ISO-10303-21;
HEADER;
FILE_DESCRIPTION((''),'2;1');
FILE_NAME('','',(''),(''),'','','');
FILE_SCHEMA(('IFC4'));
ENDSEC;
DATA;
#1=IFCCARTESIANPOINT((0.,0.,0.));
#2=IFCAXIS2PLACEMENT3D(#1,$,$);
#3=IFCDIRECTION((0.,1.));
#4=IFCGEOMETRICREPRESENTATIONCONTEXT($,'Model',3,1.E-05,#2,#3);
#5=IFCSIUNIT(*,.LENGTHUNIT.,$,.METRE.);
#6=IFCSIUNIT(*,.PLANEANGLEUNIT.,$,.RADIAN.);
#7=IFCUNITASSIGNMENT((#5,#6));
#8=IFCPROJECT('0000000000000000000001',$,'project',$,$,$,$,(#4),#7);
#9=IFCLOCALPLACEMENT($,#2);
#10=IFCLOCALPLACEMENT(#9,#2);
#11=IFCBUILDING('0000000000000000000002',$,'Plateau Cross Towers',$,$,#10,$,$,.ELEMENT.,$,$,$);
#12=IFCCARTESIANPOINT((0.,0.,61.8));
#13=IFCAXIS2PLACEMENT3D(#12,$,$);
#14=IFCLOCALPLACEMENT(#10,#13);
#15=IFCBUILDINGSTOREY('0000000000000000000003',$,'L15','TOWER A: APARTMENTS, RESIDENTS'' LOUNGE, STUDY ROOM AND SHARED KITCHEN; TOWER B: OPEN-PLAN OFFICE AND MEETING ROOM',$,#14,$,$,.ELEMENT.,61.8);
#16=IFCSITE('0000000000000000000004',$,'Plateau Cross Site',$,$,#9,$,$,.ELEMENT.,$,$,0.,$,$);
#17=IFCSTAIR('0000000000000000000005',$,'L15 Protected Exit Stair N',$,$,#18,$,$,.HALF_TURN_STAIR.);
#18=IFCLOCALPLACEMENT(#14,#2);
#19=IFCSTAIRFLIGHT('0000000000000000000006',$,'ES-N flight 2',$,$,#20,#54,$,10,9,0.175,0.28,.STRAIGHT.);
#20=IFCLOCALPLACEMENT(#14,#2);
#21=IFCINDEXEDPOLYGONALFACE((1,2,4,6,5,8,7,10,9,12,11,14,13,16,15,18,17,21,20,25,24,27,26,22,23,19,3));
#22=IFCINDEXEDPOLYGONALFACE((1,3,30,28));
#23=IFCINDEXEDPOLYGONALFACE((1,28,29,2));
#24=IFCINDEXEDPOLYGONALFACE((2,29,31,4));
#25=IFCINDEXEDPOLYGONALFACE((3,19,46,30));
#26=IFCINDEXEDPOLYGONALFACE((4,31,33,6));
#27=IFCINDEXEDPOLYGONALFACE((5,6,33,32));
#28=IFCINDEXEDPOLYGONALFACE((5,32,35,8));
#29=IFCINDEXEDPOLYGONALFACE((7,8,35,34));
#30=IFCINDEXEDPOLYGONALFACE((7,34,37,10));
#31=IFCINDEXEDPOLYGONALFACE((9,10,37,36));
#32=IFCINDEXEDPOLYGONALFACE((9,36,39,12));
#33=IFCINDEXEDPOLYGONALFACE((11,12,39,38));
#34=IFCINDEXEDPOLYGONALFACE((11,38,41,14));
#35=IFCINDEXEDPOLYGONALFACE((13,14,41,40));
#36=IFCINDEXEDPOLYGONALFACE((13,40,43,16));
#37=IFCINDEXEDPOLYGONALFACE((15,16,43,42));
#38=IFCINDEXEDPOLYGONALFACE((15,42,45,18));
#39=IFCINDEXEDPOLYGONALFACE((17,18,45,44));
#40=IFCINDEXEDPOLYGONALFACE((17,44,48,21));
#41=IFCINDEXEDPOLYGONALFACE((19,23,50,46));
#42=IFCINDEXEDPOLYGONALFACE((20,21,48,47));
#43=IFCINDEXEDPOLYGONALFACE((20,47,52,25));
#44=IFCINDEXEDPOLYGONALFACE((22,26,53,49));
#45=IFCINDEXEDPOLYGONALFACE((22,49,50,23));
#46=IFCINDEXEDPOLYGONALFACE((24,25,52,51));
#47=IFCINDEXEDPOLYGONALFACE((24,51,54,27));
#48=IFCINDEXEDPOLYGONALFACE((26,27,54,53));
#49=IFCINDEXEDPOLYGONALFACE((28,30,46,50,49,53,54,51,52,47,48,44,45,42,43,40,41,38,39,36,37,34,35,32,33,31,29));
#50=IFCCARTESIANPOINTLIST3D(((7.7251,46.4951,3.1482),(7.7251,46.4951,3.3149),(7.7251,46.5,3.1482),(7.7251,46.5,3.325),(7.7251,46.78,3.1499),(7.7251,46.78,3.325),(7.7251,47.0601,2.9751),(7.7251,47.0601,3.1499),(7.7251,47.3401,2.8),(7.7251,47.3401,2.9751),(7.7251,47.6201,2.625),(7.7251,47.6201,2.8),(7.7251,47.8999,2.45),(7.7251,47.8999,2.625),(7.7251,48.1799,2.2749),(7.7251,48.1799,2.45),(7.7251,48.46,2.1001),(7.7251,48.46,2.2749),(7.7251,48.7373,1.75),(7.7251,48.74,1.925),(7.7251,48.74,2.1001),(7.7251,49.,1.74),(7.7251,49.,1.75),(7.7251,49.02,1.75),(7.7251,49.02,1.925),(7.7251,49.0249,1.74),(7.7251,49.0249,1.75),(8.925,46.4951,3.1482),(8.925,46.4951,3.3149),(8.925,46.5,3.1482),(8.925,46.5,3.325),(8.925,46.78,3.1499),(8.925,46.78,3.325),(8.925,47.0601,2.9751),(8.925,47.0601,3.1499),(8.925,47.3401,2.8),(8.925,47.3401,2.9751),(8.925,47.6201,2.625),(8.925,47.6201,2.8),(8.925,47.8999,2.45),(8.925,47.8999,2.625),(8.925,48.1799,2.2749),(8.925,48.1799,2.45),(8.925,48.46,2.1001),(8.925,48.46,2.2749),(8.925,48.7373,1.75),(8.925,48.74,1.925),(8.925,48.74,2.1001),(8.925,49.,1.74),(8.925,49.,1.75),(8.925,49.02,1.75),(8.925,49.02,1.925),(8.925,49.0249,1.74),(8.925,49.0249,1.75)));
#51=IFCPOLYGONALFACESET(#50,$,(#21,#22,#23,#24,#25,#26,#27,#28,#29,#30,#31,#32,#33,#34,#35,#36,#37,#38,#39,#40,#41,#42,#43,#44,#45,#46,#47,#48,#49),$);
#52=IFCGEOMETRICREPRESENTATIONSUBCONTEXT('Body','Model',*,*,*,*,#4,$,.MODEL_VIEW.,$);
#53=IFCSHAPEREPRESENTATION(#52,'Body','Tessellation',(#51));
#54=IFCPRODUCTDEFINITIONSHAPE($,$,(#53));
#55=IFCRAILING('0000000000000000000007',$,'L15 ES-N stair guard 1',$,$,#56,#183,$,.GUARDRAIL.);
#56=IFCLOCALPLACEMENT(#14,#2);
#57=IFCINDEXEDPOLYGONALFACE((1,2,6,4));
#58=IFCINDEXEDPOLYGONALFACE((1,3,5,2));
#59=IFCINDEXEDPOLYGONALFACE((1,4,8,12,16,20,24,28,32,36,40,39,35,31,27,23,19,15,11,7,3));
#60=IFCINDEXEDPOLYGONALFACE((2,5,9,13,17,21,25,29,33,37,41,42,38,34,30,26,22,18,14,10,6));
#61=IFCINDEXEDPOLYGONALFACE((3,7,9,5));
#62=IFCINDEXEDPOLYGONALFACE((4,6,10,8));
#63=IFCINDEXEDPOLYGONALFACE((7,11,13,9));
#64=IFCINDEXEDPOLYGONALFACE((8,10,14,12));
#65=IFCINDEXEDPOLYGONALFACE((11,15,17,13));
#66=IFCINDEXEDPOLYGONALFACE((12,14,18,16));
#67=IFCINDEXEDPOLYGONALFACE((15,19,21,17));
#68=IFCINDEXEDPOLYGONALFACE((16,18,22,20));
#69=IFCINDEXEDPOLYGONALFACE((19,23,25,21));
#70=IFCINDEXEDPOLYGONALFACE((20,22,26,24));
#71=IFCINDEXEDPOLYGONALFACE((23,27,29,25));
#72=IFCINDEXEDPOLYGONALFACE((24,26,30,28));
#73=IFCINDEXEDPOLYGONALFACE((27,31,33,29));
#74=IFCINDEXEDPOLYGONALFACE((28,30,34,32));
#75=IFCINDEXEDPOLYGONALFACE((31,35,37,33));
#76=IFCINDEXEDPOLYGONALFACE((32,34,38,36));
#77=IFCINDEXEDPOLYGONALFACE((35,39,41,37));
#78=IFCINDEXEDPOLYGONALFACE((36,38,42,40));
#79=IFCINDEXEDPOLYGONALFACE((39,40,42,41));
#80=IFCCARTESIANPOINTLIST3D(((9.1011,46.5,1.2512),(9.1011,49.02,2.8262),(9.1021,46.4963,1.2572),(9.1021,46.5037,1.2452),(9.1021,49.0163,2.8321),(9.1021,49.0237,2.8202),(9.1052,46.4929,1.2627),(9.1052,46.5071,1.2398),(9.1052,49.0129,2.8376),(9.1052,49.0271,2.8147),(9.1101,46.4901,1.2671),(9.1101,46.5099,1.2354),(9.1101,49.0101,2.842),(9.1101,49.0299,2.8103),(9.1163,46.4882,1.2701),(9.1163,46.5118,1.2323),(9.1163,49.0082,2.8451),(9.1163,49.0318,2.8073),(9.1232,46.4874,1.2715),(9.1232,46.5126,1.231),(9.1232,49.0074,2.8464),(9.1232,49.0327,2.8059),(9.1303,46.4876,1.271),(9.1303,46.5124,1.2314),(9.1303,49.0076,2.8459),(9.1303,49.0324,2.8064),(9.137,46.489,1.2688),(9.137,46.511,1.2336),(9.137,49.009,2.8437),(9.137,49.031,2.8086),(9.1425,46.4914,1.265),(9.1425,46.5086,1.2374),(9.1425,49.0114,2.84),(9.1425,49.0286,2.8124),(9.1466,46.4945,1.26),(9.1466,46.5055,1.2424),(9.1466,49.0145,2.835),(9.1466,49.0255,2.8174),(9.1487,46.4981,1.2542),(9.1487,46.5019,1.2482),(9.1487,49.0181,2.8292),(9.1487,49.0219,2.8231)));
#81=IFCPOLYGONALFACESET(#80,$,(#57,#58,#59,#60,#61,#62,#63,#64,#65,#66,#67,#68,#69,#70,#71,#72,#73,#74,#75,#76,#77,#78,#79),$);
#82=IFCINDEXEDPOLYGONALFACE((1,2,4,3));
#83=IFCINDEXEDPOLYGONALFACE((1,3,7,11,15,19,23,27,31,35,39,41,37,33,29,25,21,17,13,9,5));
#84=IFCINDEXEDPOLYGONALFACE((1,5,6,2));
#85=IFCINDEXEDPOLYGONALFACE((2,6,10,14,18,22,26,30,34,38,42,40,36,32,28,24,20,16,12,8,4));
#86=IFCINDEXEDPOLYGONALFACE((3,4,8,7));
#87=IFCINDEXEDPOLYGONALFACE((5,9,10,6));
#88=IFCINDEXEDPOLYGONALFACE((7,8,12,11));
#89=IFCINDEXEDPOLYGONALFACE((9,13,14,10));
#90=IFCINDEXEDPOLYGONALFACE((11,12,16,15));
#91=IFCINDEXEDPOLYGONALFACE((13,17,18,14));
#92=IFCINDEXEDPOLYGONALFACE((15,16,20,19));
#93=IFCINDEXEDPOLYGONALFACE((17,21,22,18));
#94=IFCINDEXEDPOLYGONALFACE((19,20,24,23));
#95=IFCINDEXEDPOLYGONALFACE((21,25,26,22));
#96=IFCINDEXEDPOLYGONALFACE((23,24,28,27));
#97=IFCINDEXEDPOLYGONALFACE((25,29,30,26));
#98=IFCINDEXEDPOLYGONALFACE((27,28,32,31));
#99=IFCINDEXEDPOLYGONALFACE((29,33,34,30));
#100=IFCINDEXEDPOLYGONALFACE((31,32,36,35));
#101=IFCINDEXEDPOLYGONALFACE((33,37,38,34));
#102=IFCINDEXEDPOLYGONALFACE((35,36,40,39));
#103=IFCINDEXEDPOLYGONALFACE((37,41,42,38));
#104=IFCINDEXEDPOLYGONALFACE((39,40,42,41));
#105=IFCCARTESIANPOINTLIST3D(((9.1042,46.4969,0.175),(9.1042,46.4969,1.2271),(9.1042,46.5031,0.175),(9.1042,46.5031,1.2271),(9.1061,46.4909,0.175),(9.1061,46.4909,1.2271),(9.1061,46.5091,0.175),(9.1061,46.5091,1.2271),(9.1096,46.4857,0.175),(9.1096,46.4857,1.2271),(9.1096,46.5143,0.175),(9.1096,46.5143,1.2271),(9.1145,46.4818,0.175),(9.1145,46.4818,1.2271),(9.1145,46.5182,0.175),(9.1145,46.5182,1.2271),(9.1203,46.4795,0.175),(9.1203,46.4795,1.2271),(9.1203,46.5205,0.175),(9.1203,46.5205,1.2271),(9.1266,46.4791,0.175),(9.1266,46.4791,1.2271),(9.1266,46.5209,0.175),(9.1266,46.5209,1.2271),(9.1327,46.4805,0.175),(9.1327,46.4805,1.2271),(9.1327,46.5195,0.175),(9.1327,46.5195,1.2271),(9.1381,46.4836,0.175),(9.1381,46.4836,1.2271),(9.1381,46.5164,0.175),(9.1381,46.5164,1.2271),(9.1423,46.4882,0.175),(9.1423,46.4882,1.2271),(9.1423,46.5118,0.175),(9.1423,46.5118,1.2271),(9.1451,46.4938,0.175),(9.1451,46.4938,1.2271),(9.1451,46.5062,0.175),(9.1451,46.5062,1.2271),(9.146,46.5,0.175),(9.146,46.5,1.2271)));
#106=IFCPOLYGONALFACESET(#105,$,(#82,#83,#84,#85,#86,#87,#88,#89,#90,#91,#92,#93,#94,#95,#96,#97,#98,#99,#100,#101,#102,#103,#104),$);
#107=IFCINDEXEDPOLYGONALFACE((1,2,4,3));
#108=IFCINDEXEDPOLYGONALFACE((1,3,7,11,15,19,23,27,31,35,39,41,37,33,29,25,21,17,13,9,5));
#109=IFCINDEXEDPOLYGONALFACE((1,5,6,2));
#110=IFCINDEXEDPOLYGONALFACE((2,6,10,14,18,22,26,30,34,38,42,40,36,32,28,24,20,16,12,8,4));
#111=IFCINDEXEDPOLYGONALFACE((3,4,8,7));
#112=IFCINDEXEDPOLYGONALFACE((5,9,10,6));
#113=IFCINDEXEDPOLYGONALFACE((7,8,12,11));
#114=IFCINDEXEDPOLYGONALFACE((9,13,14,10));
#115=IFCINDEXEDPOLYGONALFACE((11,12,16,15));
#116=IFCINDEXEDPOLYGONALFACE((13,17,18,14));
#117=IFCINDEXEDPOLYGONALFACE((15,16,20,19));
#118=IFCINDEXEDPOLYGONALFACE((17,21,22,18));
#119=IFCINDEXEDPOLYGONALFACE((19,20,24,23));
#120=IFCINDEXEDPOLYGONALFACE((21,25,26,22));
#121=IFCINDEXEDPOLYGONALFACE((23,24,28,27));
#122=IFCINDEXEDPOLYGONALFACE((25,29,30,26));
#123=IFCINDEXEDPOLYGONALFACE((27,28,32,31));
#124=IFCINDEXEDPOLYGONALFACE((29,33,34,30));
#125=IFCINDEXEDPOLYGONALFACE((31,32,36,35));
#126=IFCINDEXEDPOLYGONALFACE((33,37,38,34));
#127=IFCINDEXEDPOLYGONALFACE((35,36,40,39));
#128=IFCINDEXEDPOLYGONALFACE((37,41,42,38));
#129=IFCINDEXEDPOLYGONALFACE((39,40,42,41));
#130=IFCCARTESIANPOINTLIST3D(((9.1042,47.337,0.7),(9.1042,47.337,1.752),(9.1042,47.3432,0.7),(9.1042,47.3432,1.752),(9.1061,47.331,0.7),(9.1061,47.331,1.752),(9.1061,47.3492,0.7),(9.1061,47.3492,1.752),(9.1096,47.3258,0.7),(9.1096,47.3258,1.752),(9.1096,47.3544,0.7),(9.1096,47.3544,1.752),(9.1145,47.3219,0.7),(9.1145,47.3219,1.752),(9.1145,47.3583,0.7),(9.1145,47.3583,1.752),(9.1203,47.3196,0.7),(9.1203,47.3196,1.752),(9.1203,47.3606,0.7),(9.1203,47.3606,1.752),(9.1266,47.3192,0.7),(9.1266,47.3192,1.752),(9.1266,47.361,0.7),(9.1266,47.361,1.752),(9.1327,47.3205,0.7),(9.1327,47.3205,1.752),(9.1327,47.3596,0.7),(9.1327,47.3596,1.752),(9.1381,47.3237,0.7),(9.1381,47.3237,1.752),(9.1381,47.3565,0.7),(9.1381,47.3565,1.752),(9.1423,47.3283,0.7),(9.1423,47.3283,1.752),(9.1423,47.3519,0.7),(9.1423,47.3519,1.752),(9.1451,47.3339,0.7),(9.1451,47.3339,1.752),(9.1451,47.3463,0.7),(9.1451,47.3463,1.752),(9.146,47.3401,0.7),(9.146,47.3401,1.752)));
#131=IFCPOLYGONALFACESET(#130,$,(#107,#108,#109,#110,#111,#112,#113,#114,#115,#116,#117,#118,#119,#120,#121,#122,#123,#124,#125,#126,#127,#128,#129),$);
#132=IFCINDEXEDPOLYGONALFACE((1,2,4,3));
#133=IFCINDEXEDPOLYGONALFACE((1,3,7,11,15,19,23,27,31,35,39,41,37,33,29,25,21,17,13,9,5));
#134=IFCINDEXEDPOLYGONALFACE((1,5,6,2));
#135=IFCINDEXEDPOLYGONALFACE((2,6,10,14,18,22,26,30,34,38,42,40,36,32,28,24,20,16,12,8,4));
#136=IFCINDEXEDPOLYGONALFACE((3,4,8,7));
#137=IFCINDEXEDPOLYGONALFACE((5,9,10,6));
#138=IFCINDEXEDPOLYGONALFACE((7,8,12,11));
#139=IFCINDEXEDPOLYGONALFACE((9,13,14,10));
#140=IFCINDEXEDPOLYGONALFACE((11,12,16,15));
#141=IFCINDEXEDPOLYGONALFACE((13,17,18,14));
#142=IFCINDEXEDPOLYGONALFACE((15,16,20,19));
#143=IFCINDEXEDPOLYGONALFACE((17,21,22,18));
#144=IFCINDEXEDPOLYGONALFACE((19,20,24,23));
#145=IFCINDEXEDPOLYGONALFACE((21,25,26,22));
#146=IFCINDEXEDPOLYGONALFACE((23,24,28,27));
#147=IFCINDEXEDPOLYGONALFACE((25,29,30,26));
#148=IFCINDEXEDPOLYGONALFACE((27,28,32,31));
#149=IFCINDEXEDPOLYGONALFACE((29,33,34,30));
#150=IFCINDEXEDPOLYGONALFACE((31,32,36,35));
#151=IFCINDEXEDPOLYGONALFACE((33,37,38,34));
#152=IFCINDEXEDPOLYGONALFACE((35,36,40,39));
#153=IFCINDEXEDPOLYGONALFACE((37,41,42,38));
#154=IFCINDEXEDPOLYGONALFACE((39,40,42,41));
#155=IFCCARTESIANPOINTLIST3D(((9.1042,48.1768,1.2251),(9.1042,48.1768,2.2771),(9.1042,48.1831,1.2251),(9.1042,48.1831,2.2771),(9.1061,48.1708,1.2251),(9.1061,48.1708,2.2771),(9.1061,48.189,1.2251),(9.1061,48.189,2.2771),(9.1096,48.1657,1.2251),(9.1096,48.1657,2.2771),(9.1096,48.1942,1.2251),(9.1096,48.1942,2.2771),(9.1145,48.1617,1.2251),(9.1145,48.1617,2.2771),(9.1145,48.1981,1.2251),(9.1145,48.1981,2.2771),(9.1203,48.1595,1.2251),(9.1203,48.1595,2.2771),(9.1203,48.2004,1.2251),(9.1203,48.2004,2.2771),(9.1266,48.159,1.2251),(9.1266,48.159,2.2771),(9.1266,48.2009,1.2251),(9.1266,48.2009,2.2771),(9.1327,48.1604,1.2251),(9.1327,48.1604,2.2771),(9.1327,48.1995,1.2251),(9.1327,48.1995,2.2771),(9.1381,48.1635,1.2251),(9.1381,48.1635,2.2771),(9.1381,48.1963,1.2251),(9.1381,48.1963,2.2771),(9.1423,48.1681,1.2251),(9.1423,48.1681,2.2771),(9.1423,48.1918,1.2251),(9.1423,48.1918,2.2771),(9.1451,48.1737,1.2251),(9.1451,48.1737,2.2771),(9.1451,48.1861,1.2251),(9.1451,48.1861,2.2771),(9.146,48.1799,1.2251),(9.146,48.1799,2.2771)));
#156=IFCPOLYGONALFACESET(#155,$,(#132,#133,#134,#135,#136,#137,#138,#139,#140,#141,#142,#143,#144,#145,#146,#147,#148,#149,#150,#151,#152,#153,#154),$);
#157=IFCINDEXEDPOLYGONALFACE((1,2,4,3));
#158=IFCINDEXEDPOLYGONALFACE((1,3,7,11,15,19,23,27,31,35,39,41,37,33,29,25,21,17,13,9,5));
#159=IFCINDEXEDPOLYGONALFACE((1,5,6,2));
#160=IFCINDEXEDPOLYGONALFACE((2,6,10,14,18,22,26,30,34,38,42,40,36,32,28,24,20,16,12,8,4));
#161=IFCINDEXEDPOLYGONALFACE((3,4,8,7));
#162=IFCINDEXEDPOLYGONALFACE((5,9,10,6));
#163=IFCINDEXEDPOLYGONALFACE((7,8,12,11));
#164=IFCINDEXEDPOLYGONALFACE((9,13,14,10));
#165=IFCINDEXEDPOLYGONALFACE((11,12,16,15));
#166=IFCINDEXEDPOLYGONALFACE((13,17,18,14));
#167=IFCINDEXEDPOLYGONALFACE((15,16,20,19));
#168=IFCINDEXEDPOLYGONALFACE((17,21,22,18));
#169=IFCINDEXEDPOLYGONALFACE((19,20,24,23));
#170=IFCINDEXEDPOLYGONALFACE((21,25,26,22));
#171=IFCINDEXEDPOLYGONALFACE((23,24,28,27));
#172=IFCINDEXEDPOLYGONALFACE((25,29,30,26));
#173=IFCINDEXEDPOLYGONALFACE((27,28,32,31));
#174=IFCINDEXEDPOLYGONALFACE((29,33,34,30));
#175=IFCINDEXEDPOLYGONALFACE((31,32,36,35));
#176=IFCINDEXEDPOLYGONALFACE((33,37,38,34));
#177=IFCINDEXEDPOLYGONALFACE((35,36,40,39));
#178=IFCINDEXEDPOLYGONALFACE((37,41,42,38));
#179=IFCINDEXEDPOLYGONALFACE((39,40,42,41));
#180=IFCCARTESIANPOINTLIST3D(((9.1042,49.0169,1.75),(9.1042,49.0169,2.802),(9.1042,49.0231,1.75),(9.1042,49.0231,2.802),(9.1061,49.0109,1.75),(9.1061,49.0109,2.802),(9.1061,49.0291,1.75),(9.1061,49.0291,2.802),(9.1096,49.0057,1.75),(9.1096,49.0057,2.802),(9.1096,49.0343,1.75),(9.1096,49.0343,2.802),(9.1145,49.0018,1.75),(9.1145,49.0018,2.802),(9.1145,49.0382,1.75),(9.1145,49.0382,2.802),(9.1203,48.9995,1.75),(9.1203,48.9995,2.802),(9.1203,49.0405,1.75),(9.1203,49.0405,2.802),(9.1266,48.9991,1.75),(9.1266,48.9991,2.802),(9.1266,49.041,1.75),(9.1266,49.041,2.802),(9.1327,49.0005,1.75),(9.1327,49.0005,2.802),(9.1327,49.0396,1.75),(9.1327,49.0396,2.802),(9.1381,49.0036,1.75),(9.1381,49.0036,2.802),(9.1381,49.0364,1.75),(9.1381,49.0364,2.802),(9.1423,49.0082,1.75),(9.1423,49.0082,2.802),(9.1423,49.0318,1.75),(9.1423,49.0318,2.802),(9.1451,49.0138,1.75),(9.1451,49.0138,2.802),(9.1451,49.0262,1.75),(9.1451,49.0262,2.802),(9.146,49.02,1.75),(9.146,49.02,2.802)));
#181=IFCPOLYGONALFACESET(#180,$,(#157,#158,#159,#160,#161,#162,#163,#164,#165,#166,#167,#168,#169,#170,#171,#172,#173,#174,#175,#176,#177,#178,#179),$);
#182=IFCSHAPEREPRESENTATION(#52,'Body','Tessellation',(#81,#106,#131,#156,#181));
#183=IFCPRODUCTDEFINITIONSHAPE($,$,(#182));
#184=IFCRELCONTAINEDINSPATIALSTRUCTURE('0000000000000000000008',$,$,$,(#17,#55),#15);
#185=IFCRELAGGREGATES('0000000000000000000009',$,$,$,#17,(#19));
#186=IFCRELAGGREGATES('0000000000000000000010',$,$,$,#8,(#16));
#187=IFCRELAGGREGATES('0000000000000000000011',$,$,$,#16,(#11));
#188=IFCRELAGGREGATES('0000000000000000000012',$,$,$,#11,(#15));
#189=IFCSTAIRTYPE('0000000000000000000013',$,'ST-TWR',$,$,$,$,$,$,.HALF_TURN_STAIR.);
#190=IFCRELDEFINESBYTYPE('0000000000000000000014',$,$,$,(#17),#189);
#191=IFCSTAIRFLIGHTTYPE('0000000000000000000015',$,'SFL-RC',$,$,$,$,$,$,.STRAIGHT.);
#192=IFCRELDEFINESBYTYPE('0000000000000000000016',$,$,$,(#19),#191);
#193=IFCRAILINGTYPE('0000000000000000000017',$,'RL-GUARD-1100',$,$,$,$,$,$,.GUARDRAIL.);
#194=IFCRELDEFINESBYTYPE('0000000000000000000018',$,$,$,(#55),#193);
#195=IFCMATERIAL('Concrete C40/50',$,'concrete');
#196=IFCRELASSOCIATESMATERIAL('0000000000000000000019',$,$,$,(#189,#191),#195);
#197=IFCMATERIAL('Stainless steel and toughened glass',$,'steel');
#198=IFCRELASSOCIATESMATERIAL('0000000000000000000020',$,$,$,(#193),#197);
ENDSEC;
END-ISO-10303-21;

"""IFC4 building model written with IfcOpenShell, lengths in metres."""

from ifc_helpers import new_model, si_unit, direction, frame, origin, origin_2d, place, context, subcontext, project, spatial, polyline, circle, outline, extrude, material, type_object, element, aggregate, save


model = new_model("IFC4")

# Units and contexts
model_context = context("Model", 3, precision=1e-05, world=origin(), true_north=direction((0.0, 1.0)))
body_context = subcontext(model_context, "Body", "Model", "MODEL_VIEW")
ifc_project = project(units=[si_unit("LENGTHUNIT", "METRE"), si_unit("PLANEANGLEUNIT", "RADIAN")], contexts=[model_context])

# Site, building, storey
site_placement = place(None, origin())
site = spatial("IfcSite", under=ifc_project, at=site_placement, Name="Plateau Cross Site", CompositionType="ELEMENT", RefElevation=0.0)
building_placement = place(site_placement, origin())
building = spatial("IfcBuilding", under=site, at=building_placement, Name="Plateau Cross Towers", CompositionType="ELEMENT")
storey_placement = place(building_placement, frame((0.0, 0.0, 61.8)))
storey = spatial("IfcBuildingStorey", under=building, at=storey_placement, Name="L15", Description="TOWER A: APARTMENTS, RESIDENTS' LOUNGE, STUDY ROOM AND SHARED KITCHEN; TOWER B: OPEN-PLAN OFFICE AND MEETING ROOM", CompositionType="ELEMENT", Elevation=61.8)

# Stair, stair flight
ifc_material_1 = material(Name="Concrete C40/50", Category="concrete")
stair_type = type_object("IfcStairType", Name="ST-TWR", PredefinedType="HALF_TURN_STAIR", material=ifc_material_1)
stair_placement = place(storey_placement, origin())
stair = element("IfcStair", 1, at=stair_placement, inside=storey, type_object=stair_type, Name="L15 Protected Exit Stair N", PredefinedType="HALF_TURN_STAIR")
stair_flight_type = type_object("IfcStairFlightType", Name="SFL-RC", PredefinedType="STRAIGHT", material=ifc_material_1)
stair_flight_1_placement = place(storey_placement, frame((8.325, 49.02, 1.75), z_axis=(0.0, 0.0, 1.0), x_axis=(0.0, -1.0, 0.0)))
stair_flight_1 = element("IfcStairFlight", 2, at=stair_flight_1_placement, type_object=stair_flight_type, Name="ES-N flight 2", NumberOfRisers=10, NumberOfTreads=9, PredefinedType="STRAIGHT", RiserHeight=0.175, TreadLength=0.28, context=body_context, shape_type="SweptSolid", body=[
    extrude(outline(polyline([(-0.0049, -0.01), (-0.0049, 0.0), (0.0, 0.0), (0.0, 0.175), (0.28, 0.175), (0.28, 0.3501), (0.5601, 0.3501), (0.5601, 0.5249), (0.8401, 0.5249), (0.8401, 0.7), (1.1201, 0.7), (1.1201, 0.875), (1.3999, 0.875), (1.3999, 1.05), (1.6799, 1.05), (1.6799, 1.2251), (1.96, 1.2251), (1.96, 1.3999), (2.24, 1.3999), (2.24, 1.575), (2.52, 1.575), (2.5249, 1.5649), (2.5249, 1.3982), (2.52, 1.3982), (0.2827, 0.0), (0.02, 0.0), (0.02, -0.01), (-0.0049, -0.01)])), frame((0.0, 0.6001, 0.0), z_axis=(0.0, -1.0, 0.0), x_axis=(1.0, 0.0, 0.0)), (0.0, 0.0, 1.0), 1.2),
])
aggregate(stair, [stair_flight_1])

# Railing
ifc_material_2 = material(Name="Stainless steel and toughened glass", Category="steel")
railing_type_1 = type_object("IfcRailingType", Name="RL-GUARD-1100", PredefinedType="GUARDRAIL", material=ifc_material_2)
railing_1_placement = place(storey_placement, frame((9.125, 46.5, 0.175)))
element("IfcRailing", 3, at=railing_1_placement, inside=storey, type_object=railing_type_1, Name="L15 ES-N stair guard 1", PredefinedType="GUARDRAIL", context=body_context, shape_type="SweptSolid", body=[
    extrude(circle(Radius=0.0239, at=origin_2d()), frame((0.0, 0.0, 1.0762), z_axis=(0.0, 0.848008, 0.529984), x_axis=(-1.0, 0.0, 0.0)), (0.0, 0.0, 1.0), 2.9717),
    extrude(circle(Radius=0.021, at=origin_2d()), origin(), (0.0, 0.0, 1.0), 1.052),
    extrude(circle(Radius=0.021, at=origin_2d()), frame((0.0, 0.8401, 0.5249)), (0.0, 0.0, 1.0), 1.052),
    extrude(circle(Radius=0.021, at=origin_2d()), frame((0.0, 1.6799, 1.05)), (0.0, 0.0, 1.0), 1.052),
    extrude(circle(Radius=0.021, at=origin_2d()), frame((0.0, 2.52, 1.575)), (0.0, 0.0, 1.0), 1.052),
])

save(model, "model.ifc")
